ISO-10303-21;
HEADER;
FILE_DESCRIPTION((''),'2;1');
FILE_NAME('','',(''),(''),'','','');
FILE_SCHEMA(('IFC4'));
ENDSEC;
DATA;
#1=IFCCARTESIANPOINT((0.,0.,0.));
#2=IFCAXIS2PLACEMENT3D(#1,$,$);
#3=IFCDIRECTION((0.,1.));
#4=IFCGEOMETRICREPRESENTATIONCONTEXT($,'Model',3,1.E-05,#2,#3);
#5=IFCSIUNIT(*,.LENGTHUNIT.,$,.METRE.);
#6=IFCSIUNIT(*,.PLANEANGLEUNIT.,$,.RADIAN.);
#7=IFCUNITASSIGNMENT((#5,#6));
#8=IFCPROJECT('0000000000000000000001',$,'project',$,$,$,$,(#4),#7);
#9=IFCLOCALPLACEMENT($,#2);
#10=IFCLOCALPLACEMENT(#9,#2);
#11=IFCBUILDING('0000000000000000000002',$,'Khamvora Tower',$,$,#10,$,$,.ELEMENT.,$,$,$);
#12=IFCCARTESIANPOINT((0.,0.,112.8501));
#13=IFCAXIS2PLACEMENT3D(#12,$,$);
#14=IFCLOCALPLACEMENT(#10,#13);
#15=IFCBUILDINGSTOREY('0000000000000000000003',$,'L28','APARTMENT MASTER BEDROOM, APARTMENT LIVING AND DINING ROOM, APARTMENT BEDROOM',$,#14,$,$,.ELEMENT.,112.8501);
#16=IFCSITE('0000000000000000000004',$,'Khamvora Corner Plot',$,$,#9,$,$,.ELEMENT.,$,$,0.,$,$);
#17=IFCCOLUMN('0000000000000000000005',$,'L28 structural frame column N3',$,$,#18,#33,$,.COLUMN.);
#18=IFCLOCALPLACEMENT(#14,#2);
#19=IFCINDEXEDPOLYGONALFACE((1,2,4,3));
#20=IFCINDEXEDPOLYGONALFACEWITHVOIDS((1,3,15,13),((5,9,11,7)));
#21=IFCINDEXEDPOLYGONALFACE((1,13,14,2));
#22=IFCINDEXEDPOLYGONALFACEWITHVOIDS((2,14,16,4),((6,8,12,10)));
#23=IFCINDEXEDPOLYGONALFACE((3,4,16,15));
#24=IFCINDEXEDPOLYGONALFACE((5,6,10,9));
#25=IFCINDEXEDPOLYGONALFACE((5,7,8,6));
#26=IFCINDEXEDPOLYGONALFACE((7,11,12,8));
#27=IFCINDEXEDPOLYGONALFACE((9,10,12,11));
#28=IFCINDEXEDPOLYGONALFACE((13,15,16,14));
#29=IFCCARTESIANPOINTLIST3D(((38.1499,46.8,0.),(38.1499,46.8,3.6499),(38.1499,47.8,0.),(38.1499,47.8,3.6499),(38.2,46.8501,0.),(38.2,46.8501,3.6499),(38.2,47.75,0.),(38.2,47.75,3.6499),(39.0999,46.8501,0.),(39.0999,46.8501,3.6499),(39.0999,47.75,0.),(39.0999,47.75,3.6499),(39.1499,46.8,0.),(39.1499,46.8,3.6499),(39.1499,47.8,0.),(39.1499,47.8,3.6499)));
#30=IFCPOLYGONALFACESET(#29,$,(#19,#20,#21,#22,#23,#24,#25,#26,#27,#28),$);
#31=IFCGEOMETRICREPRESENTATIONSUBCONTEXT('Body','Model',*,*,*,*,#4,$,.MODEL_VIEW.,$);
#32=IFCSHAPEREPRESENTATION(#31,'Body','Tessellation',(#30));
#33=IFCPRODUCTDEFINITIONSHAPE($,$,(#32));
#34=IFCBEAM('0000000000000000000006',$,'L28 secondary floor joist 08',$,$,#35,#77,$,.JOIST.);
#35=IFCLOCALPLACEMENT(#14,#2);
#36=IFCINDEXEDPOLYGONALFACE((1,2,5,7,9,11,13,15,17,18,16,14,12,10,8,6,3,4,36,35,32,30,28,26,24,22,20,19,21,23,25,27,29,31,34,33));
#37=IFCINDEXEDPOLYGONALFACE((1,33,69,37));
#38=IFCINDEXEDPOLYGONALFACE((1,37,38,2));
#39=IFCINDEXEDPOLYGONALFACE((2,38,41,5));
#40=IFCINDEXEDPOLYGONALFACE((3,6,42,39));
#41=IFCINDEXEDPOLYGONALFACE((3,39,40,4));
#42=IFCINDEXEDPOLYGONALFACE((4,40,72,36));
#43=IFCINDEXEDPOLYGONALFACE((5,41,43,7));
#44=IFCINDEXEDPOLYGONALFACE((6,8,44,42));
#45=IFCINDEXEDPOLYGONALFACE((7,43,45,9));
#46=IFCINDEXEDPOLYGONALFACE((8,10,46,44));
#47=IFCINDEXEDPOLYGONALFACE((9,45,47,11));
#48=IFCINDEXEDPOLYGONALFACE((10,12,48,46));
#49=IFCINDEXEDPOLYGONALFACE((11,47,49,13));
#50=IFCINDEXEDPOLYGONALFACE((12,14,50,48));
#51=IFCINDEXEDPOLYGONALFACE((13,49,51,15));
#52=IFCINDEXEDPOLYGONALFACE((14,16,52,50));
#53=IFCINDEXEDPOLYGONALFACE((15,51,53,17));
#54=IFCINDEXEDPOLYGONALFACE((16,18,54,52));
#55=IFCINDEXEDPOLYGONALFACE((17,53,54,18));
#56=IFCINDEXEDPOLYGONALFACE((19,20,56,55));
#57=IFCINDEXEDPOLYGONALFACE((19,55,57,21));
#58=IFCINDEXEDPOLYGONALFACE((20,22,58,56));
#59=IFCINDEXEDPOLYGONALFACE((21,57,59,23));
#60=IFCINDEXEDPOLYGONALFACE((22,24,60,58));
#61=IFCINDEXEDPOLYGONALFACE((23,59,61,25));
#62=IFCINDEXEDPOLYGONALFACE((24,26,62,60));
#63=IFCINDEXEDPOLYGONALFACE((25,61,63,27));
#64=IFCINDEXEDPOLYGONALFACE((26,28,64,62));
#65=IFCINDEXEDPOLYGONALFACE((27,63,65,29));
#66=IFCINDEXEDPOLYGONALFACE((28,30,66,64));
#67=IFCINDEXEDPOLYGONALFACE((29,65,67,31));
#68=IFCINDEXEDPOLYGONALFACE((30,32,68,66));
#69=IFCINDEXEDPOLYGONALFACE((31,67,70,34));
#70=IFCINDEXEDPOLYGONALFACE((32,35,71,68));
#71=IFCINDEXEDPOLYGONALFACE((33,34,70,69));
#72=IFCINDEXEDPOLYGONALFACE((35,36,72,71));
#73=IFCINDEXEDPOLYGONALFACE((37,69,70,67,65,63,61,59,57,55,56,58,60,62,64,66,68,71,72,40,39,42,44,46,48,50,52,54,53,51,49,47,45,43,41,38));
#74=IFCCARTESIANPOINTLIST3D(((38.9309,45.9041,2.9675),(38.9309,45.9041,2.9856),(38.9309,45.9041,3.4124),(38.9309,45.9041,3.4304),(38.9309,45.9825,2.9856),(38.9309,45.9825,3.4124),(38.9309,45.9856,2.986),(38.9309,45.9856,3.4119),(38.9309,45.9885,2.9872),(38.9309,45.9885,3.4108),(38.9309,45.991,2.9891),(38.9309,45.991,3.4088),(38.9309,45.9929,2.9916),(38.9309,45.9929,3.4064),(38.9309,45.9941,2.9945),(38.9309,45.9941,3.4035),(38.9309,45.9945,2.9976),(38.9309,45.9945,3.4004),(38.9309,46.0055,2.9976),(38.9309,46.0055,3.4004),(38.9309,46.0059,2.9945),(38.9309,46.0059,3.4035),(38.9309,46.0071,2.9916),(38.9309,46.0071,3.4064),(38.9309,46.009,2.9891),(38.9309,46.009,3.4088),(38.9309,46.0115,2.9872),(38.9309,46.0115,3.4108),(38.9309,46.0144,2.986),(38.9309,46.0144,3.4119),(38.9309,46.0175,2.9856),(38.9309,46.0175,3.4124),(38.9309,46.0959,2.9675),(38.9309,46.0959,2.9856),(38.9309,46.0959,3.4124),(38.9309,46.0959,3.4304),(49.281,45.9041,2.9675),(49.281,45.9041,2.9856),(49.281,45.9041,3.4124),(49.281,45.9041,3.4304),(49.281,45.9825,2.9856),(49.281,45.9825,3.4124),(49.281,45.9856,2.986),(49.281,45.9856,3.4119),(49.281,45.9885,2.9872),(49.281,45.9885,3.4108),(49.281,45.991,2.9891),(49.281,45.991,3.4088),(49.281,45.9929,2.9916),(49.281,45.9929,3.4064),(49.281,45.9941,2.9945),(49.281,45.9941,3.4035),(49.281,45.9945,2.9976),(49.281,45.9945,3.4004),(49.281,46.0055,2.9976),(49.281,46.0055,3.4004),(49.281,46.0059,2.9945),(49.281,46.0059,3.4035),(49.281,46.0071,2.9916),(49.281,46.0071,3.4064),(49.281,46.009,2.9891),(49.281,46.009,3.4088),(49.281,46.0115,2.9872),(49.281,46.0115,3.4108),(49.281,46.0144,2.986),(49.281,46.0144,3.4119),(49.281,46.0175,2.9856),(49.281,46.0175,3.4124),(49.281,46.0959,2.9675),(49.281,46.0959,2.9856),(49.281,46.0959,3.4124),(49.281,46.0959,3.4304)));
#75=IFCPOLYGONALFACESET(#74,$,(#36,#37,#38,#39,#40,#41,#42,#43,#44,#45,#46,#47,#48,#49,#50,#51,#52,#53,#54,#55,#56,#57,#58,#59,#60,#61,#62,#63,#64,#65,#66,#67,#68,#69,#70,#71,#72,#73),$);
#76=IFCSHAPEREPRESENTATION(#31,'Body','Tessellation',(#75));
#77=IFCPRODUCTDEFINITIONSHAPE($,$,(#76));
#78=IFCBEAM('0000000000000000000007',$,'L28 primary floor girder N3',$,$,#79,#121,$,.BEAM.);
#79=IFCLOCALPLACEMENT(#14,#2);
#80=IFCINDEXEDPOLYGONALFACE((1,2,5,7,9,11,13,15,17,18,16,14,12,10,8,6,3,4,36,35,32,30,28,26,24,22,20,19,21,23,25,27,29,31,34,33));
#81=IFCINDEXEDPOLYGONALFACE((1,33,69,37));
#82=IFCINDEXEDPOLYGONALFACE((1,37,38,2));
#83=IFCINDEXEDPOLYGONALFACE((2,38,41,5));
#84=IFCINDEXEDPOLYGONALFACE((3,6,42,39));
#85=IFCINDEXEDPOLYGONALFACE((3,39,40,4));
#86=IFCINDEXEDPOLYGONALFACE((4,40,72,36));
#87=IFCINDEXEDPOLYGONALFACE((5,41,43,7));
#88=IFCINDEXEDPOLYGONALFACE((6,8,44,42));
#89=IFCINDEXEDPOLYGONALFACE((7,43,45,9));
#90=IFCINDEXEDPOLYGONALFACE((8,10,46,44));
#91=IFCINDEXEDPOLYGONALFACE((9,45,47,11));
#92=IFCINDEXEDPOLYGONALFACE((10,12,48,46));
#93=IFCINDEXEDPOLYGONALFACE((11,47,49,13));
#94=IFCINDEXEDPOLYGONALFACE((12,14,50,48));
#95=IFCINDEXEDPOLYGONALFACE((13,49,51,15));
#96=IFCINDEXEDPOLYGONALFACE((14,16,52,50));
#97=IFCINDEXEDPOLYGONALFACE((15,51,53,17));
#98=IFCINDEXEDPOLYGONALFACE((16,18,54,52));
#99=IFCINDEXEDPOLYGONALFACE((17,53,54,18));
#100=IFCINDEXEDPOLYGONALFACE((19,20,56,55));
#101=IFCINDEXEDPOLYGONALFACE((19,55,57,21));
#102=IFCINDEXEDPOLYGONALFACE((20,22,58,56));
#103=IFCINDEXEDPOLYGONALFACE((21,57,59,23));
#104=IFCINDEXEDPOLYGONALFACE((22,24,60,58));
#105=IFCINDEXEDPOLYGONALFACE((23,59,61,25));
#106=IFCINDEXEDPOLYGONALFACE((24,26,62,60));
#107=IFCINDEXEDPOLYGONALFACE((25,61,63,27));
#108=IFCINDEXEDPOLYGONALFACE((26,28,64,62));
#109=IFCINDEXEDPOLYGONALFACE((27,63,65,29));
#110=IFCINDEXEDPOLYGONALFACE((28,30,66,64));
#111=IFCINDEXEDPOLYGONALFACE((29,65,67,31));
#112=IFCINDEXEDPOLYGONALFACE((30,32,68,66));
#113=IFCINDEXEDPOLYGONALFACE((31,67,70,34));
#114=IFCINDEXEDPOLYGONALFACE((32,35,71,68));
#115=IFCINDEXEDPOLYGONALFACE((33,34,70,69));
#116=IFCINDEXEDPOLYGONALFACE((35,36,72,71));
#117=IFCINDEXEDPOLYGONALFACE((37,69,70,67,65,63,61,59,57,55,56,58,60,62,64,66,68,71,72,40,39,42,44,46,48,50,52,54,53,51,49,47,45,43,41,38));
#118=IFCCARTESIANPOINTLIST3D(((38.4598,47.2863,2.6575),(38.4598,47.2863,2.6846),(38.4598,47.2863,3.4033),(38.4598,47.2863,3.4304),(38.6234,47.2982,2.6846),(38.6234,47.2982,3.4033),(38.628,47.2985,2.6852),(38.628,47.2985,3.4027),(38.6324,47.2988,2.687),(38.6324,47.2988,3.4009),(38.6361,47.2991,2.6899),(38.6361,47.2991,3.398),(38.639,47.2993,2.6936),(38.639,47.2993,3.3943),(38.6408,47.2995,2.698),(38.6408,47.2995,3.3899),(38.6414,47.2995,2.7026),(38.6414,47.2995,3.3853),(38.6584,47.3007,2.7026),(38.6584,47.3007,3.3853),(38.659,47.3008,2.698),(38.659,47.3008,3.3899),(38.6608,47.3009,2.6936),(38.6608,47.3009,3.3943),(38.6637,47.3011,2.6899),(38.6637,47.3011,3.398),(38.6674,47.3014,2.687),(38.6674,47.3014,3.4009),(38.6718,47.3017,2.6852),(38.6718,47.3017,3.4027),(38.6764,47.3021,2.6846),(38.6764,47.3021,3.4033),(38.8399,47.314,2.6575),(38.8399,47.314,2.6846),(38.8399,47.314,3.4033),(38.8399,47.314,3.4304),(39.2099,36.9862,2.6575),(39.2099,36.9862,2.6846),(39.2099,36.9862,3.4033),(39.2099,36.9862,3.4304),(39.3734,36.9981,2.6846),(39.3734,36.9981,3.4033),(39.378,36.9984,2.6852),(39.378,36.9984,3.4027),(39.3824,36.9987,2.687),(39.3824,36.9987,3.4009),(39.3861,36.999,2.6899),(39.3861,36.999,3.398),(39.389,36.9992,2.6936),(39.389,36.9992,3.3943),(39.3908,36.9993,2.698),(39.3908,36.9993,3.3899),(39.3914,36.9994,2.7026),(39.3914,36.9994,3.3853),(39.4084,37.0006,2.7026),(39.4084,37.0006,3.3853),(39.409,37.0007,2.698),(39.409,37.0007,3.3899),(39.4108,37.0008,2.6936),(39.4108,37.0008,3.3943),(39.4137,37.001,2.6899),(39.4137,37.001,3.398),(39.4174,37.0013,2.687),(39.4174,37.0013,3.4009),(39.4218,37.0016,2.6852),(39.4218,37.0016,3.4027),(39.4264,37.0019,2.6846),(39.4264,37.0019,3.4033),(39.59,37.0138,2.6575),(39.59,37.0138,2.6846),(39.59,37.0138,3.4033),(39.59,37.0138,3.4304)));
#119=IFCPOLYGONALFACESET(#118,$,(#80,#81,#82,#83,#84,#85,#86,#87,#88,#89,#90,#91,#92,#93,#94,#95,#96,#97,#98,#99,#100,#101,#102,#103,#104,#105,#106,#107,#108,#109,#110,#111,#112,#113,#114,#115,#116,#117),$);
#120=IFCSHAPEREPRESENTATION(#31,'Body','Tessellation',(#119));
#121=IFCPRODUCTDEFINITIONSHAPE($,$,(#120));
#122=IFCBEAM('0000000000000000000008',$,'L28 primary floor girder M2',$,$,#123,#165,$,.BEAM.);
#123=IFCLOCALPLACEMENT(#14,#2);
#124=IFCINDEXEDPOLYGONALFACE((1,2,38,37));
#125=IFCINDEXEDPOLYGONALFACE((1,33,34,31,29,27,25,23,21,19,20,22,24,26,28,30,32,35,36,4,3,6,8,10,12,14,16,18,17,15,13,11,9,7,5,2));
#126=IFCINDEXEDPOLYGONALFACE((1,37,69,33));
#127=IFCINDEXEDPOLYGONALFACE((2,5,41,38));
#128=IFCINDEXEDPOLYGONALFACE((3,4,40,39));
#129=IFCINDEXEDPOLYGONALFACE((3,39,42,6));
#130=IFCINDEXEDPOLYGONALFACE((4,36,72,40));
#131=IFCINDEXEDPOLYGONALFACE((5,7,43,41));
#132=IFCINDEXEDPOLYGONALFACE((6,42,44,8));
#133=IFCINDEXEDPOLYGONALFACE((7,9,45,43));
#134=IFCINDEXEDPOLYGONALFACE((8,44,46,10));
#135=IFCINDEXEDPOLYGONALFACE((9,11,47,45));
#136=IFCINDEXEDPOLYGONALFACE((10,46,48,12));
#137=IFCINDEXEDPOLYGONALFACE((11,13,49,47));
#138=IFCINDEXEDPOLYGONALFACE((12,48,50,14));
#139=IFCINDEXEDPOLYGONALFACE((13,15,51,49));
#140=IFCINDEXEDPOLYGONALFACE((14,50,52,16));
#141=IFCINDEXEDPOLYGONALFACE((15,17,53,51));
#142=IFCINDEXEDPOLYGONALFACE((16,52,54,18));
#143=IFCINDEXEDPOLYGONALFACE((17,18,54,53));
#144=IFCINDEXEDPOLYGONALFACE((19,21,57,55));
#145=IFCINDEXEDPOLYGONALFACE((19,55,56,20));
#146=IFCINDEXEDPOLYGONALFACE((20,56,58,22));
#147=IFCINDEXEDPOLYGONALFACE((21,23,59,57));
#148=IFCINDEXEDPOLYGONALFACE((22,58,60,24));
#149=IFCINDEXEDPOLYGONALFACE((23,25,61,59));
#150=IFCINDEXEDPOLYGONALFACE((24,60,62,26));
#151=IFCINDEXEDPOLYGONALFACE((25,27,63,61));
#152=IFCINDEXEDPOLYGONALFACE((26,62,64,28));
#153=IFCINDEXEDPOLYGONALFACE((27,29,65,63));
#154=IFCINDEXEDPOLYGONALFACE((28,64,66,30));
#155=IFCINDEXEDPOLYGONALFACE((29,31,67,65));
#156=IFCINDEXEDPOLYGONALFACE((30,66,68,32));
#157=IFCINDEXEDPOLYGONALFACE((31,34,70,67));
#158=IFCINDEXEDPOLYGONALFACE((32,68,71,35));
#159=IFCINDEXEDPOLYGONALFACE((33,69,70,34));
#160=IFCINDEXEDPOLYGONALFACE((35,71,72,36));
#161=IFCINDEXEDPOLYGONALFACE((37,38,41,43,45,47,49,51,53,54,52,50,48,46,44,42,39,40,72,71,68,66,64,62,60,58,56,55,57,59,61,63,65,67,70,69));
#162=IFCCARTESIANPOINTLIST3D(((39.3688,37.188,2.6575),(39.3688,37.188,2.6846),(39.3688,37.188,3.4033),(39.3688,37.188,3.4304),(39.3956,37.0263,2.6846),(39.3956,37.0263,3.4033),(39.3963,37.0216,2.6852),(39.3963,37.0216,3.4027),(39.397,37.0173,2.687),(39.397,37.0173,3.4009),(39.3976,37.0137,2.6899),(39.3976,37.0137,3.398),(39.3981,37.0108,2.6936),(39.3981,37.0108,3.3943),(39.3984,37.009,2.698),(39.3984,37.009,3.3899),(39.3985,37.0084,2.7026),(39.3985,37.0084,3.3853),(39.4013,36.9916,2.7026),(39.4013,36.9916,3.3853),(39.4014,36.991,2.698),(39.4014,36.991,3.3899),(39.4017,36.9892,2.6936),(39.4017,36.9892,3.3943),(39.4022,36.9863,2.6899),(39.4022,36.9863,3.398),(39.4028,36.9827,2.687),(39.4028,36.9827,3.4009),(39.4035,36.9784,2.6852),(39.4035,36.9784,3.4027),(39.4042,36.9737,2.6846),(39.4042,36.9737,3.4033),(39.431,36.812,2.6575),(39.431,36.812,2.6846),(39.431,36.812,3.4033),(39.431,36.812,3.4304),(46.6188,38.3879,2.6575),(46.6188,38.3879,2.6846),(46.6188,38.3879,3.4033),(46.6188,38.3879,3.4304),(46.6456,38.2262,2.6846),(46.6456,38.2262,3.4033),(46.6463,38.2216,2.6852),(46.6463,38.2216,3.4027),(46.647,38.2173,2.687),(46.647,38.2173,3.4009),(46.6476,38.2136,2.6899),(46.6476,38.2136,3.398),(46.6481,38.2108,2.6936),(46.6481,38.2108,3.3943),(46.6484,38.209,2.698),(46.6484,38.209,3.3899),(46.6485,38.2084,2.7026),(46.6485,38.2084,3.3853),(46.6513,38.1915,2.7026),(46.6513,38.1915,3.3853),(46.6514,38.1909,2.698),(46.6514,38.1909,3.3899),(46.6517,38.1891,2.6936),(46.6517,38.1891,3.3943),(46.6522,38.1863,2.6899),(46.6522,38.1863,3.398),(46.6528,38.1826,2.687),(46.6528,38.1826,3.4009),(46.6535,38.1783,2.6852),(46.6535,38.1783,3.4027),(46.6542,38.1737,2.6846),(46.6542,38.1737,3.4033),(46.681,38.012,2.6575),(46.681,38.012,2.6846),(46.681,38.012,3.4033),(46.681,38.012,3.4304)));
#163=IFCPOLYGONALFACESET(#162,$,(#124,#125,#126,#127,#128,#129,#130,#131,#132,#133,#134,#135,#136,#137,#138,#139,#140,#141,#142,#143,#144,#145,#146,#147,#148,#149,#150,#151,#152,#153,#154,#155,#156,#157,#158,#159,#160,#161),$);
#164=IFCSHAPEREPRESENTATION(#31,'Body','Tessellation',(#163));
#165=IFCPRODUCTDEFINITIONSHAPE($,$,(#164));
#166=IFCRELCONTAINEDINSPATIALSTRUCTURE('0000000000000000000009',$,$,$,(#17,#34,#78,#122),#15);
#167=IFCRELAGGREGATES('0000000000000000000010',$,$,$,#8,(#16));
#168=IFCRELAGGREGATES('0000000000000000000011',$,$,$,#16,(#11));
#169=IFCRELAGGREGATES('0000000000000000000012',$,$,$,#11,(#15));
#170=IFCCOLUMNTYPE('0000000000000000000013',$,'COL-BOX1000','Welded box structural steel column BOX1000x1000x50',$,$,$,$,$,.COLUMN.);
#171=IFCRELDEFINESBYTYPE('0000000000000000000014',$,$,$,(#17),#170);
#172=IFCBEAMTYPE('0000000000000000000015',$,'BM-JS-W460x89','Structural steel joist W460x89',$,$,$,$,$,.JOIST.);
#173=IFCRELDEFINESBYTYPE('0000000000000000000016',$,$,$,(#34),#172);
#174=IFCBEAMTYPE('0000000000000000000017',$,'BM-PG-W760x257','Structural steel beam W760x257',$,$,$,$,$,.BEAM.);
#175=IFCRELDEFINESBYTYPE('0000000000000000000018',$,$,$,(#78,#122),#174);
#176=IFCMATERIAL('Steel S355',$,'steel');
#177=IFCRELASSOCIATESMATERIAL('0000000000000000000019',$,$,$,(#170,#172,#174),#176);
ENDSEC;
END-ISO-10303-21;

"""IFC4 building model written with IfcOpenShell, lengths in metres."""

from ifc_helpers import new_model, si_unit, direction, frame, origin, origin_2d, place, context, subcontext, project, spatial, hollow_rectangle, i_section, extrude, material, material_profile, profile_set, type_object, element, save


model = new_model("IFC4")

# Units and contexts
model_context = context("Model", 3, precision=1e-05, world=origin(), true_north=direction((0.0, 1.0)))
body_context = subcontext(model_context, "Body", "Model", "MODEL_VIEW")
ifc_project = project(units=[si_unit("LENGTHUNIT", "METRE"), si_unit("PLANEANGLEUNIT", "RADIAN")], contexts=[model_context])

# Site, building, storey
site_placement = place(None, origin())
site = spatial("IfcSite", under=ifc_project, at=site_placement, Name="Khamvora Corner Plot", CompositionType="ELEMENT", RefElevation=0.0)
building_placement = place(site_placement, origin())
building = spatial("IfcBuilding", under=site, at=building_placement, Name="Khamvora Tower", CompositionType="ELEMENT")
storey_placement = place(building_placement, frame((0.0, 0.0, 112.8501)))
storey = spatial("IfcBuildingStorey", under=building, at=storey_placement, Name="L28", Description="APARTMENT MASTER BEDROOM, APARTMENT LIVING AND DINING ROOM, APARTMENT BEDROOM", CompositionType="ELEMENT", Elevation=112.8501)

# Column
ifc_material_1 = material(Name="Steel S355", Category="steel")
ifc_material_profile_1 = material_profile(ifc_material_1, hollow_rectangle(XDim=1.0, YDim=1.0, WallThickness=0.05, at=origin_2d()), Name="BOX1000x1000x50")
ifc_profile_set_1 = profile_set([ifc_material_profile_1], Name="Steel S355")
column_type = type_object("IfcColumnType", Name="COL-BOX1000", Description="Welded box structural steel column BOX1000x1000x50", PredefinedType="COLUMN", material=ifc_profile_set_1)
column_placement = place(storey_placement, frame((38.6499, 47.3, 0.0), z_axis=(0.0, 0.0, 1.0), x_axis=(1.0, 0.0, 0.0)))
element("IfcColumn", 1, at=column_placement, inside=storey, type_object=column_type, Name="L28 structural frame column N3", PredefinedType="COLUMN", context=body_context, shape_type="SweptSolid", body=[
    extrude(hollow_rectangle(XDim=1.0, YDim=1.0, WallThickness=0.05, at=origin_2d()), origin(), (0.0, 0.0, 1.0), 3.6499),
])

# Beams
ifc_material_profile_2 = material_profile(ifc_material_1, i_section(OverallWidth=0.1919, OverallDepth=0.4629, WebThickness=0.011, FlangeThickness=0.0181, FilletRadius=0.012, at=origin_2d()), Name="W460x89")
ifc_profile_set_2 = profile_set([ifc_material_profile_2], Name="Steel S355")
beam_type_1 = type_object("IfcBeamType", Name="BM-JS-W460x89", Description="Structural steel joist W460x89", PredefinedType="JOIST", material=ifc_profile_set_2)
beam_1_placement = place(storey_placement, frame((38.9309, 46.0, 3.199), z_axis=(1.0, 0.0, 0.0), x_axis=(0.0, 1.0, 0.0)))
element("IfcBeam", 2, at=beam_1_placement, inside=storey, type_object=beam_type_1, Name="L28 secondary floor joist 08", PredefinedType="JOIST", context=body_context, shape_type="SweptSolid", body=[
    extrude(i_section(OverallWidth=0.1919, OverallDepth=0.4629, WebThickness=0.011, FlangeThickness=0.0181, FilletRadius=0.012, at=origin_2d()), origin(), (0.0, 0.0, 1.0), 10.3501),
])
ifc_material_profile_3 = material_profile(ifc_material_1, i_section(OverallWidth=0.3811, OverallDepth=0.7729, WebThickness=0.0171, FlangeThickness=0.0271, FilletRadius=0.0181, at=origin_2d()), Name="W760x257")
ifc_profile_set_3 = profile_set([ifc_material_profile_3], Name="Steel S355")
beam_type_2 = type_object("IfcBeamType", Name="BM-PG-W760x257", Description="Structural steel beam W760x257", PredefinedType="BEAM", material=ifc_profile_set_3)
beam_2_placement = place(storey_placement, frame((39.3999, 37.0, 3.0439), z_axis=(-0.072623, 0.997359, 0.0), x_axis=(-0.997359, -0.072623, 0.0)))
element("IfcBeam", 3, at=beam_2_placement, inside=storey, type_object=beam_type_2, Name="L28 primary floor girder N3", PredefinedType="BEAM", context=body_context, shape_type="SweptSolid", body=[
    extrude(i_section(OverallWidth=0.3811, OverallDepth=0.7729, WebThickness=0.0171, FlangeThickness=0.0271, FilletRadius=0.0181, at=origin_2d()), origin(), (0.0, 0.0, 1.0), 10.3274),
])
beam_3_placement = place(storey_placement, frame((39.3999, 37.0, 3.0439), z_axis=(0.986578, 0.163289, 0.0), x_axis=(-0.163289, 0.986578, 0.0)))
element("IfcBeam", 4, at=beam_3_placement, inside=storey, type_object=beam_type_2, Name="L28 primary floor girder M2", PredefinedType="BEAM", context=body_context, shape_type="SweptSolid", body=[
    extrude(i_section(OverallWidth=0.3811, OverallDepth=0.7729, WebThickness=0.0171, FlangeThickness=0.0271, FilletRadius=0.0181, at=origin_2d()), origin(), (0.0, 0.0, 1.0), 7.3486),
])

save(model, "model.ifc")
